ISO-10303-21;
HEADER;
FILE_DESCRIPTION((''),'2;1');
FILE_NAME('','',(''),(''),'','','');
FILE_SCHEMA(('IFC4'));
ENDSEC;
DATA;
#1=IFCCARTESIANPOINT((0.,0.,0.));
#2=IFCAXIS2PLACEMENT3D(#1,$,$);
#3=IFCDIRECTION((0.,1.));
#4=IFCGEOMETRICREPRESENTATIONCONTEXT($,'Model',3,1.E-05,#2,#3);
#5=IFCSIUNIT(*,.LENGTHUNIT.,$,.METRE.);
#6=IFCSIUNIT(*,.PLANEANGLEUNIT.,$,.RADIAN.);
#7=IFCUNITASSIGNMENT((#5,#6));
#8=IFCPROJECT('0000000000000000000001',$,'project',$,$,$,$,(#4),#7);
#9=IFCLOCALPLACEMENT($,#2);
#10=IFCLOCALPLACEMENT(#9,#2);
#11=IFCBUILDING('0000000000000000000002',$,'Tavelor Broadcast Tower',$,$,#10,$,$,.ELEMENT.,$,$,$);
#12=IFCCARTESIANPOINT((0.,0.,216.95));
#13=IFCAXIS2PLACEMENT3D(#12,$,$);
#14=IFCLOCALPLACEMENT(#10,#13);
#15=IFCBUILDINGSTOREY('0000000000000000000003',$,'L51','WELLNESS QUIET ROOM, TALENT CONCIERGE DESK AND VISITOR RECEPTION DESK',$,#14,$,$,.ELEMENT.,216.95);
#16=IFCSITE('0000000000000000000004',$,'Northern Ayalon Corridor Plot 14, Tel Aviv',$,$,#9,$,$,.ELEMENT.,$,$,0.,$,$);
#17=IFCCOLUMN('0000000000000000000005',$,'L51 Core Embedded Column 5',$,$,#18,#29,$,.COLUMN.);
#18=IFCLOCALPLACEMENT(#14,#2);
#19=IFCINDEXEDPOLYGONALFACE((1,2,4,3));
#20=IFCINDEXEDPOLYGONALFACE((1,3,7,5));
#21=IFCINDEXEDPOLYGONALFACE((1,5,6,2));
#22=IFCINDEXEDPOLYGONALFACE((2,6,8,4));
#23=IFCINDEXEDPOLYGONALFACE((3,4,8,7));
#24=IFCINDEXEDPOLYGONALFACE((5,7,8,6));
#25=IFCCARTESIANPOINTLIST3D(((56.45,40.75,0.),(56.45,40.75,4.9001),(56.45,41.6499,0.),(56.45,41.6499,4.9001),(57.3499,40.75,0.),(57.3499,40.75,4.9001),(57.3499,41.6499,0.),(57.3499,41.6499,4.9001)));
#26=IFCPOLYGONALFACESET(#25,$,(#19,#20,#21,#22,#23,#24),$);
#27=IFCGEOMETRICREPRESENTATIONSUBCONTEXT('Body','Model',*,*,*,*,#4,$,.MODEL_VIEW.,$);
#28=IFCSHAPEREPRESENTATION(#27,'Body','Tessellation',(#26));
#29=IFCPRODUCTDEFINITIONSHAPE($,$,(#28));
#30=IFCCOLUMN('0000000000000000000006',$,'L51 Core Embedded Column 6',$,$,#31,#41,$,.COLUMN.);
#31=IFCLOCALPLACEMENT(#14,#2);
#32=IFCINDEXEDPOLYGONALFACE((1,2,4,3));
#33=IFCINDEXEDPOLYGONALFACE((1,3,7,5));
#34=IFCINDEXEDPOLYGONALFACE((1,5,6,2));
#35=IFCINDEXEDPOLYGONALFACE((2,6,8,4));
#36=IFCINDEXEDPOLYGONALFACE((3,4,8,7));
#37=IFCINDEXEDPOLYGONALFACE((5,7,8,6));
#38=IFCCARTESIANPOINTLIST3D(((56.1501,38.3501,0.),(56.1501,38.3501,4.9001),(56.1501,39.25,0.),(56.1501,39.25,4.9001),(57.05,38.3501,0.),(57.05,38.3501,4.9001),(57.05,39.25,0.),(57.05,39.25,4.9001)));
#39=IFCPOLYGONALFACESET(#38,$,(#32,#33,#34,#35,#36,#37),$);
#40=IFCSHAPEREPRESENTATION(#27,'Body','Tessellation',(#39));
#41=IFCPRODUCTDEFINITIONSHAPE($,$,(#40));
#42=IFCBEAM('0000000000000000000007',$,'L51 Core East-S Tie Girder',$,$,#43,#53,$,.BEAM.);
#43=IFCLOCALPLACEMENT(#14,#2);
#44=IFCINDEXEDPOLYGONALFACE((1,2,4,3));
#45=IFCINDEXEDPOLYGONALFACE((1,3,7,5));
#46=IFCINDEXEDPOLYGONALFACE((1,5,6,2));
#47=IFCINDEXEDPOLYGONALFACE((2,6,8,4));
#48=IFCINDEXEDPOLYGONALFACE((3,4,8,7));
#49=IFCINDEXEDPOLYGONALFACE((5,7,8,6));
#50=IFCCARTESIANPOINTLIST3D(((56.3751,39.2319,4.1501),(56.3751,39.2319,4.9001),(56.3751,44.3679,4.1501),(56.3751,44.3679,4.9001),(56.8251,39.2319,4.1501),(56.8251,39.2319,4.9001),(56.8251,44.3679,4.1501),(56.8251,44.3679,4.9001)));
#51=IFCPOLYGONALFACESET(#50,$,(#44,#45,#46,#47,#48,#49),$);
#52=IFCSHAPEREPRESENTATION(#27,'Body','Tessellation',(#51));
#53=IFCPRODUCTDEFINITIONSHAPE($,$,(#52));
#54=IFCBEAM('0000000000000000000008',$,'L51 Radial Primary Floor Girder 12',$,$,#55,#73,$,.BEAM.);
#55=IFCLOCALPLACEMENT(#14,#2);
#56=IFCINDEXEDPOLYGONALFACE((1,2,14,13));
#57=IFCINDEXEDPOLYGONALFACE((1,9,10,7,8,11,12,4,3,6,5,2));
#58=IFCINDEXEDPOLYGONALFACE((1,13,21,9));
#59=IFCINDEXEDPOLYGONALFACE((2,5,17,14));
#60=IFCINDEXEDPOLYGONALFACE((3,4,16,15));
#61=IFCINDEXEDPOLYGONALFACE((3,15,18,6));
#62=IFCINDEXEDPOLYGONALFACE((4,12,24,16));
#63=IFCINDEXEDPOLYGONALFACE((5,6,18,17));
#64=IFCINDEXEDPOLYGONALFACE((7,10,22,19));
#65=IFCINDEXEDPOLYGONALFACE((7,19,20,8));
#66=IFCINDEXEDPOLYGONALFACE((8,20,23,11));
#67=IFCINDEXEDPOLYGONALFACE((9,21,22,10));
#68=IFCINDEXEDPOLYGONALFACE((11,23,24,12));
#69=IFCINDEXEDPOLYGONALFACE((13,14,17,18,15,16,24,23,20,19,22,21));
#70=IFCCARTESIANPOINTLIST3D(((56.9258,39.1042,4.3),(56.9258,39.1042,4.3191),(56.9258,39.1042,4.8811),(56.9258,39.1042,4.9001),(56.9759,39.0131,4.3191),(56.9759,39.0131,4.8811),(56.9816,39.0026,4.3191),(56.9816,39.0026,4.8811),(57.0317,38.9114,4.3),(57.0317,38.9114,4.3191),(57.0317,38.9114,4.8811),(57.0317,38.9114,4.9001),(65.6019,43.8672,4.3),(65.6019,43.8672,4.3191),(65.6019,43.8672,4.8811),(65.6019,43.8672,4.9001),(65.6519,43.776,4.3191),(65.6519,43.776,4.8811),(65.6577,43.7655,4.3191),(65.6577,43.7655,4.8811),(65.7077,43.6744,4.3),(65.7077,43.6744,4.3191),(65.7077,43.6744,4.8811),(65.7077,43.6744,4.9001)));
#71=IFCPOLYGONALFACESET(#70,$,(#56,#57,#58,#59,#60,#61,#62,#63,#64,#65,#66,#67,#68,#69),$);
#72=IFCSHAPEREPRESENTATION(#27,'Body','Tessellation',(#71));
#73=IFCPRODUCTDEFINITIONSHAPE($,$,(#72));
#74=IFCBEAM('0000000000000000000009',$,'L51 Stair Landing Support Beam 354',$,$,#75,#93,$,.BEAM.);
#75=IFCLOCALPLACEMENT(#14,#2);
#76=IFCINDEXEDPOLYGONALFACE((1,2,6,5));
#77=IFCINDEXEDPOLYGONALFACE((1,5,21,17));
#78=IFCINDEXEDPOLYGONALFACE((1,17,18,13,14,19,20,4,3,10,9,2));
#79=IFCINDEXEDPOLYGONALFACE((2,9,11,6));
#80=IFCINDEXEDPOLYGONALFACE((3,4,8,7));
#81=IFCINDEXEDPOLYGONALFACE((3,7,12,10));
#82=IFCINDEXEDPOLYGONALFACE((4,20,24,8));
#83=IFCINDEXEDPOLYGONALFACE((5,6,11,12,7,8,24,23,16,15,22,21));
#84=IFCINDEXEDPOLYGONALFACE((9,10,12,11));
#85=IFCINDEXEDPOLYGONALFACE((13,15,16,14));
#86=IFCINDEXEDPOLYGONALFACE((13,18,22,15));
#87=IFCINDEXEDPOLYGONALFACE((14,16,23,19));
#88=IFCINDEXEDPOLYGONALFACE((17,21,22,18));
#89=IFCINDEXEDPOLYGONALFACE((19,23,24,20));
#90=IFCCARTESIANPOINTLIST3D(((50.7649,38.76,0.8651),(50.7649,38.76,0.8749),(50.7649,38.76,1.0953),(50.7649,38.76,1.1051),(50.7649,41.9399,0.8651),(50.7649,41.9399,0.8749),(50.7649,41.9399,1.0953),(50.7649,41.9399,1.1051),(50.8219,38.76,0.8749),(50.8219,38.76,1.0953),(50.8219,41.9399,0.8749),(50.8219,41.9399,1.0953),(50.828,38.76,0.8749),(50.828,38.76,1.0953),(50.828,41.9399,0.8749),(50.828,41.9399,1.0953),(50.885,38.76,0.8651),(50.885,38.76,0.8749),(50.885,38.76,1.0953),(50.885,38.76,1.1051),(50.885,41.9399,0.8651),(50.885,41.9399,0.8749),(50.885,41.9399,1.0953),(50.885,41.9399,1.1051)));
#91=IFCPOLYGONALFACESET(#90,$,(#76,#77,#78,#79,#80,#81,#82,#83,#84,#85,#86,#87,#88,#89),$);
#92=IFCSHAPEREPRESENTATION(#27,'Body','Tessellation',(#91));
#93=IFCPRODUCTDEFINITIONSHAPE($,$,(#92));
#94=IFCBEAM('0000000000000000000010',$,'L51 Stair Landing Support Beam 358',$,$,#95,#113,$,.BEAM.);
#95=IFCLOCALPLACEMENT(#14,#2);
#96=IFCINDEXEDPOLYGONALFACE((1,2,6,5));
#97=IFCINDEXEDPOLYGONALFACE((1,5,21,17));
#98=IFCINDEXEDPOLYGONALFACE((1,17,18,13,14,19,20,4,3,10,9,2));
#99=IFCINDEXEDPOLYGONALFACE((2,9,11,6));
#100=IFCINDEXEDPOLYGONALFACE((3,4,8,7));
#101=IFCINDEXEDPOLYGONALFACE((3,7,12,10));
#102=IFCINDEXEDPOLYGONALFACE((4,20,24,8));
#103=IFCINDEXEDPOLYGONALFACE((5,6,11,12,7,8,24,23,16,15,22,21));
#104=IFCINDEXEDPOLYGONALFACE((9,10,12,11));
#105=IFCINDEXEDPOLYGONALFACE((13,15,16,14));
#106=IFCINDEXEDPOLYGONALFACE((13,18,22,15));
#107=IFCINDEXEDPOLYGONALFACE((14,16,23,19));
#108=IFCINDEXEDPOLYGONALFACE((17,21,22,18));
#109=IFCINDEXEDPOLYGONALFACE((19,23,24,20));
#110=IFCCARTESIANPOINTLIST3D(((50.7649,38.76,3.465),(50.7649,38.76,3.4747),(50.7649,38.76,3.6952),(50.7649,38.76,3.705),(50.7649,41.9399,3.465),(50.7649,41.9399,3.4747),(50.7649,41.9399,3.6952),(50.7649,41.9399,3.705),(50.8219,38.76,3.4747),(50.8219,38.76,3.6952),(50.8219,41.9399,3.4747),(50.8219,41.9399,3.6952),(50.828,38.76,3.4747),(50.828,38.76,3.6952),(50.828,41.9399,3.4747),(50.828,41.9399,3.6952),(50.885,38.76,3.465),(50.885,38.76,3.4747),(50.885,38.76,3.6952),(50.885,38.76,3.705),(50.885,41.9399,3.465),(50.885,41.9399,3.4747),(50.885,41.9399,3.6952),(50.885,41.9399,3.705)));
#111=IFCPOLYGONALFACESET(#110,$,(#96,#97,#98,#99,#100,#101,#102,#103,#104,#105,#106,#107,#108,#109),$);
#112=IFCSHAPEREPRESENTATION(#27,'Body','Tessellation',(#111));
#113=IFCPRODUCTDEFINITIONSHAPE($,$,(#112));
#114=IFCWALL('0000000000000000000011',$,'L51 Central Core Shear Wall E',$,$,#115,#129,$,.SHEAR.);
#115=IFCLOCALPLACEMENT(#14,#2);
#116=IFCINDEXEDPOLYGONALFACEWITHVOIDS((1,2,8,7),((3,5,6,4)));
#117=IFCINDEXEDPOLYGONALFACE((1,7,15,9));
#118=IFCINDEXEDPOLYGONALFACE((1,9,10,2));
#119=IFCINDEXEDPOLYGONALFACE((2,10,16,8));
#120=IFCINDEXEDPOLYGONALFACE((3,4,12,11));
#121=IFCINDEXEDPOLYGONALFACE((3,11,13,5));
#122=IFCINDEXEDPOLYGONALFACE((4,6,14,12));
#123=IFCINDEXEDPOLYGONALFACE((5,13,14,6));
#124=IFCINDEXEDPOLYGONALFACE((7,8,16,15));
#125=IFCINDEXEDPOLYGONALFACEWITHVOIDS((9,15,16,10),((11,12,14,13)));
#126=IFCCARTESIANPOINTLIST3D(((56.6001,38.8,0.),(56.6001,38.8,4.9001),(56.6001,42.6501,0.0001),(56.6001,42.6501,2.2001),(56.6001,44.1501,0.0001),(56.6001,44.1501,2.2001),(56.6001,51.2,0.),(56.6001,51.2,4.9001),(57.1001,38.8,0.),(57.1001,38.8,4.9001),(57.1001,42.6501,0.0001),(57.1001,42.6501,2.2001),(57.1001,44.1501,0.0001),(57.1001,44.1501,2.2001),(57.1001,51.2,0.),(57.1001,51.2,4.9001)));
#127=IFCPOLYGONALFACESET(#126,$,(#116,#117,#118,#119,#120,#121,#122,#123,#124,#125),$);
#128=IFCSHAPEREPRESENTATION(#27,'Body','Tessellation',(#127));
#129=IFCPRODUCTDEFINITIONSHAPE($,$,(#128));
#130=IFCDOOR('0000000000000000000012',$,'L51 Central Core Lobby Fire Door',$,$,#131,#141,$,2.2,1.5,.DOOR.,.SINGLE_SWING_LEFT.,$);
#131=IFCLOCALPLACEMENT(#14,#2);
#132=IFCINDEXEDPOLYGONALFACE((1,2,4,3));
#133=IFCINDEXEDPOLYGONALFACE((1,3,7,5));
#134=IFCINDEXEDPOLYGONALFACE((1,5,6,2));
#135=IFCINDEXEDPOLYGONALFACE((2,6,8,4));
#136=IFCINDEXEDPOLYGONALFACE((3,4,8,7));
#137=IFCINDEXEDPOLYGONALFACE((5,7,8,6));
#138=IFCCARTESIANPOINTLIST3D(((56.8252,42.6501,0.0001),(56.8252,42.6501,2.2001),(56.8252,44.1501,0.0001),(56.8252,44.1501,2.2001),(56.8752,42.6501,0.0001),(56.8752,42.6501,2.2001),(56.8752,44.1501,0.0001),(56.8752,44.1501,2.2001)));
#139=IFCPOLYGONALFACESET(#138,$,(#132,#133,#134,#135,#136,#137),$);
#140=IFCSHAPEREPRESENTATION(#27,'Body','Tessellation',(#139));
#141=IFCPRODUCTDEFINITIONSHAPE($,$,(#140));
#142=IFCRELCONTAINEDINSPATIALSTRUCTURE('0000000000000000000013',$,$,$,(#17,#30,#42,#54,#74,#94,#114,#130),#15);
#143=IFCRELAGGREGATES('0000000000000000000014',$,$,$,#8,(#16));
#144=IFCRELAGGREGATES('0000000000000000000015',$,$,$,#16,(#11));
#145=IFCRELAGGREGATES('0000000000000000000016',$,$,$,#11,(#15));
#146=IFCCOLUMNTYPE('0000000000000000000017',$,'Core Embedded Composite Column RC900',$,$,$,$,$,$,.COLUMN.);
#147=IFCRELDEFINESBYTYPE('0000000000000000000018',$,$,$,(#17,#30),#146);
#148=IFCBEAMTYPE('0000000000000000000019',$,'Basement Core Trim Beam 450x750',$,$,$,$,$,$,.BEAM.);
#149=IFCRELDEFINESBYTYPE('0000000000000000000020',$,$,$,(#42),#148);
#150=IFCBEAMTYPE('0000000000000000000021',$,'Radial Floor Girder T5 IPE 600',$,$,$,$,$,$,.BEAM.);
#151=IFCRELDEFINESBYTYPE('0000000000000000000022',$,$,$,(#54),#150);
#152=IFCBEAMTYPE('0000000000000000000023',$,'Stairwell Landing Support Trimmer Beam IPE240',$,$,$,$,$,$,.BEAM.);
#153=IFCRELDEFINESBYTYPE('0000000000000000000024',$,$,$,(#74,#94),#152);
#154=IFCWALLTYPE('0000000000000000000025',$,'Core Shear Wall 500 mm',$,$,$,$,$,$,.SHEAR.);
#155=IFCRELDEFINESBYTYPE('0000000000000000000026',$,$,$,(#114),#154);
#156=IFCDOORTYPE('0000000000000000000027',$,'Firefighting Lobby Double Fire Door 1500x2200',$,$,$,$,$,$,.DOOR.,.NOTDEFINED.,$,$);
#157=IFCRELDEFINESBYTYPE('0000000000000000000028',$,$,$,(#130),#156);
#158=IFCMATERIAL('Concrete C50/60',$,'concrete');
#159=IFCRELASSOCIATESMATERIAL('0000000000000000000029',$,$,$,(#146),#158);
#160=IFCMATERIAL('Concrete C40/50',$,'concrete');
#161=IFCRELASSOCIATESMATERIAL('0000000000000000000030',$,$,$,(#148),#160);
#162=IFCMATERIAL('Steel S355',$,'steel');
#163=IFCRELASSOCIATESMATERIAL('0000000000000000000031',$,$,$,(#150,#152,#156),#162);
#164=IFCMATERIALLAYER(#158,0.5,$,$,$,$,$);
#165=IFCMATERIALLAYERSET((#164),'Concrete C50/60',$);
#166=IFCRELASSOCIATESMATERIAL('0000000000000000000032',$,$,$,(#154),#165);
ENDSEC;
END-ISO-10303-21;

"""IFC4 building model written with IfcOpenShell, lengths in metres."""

from ifc_helpers import new_model, si_unit, direction, frame, frame_2d, origin, origin_2d, place, context, subcontext, project, spatial, rectangle, i_section, extrude, material, layer, layer_set, material_profile, profile_set, type_object, element, fill, save


model = new_model("IFC4")

# Units and contexts
model_context = context("Model", 3, precision=1e-05, world=origin(), true_north=direction((0.0, 1.0)))
body_context = subcontext(model_context, "Body", "Model", "MODEL_VIEW")
ifc_project = project(units=[si_unit("LENGTHUNIT", "METRE"), si_unit("PLANEANGLEUNIT", "RADIAN")], contexts=[model_context])

# Site, building, storey
site_placement = place(None, origin())
site = spatial("IfcSite", under=ifc_project, at=site_placement, Name="Northern Ayalon Corridor Plot 14, Tel Aviv", CompositionType="ELEMENT", RefElevation=0.0)
building_placement = place(site_placement, origin())
building = spatial("IfcBuilding", under=site, at=building_placement, Name="Tavelor Broadcast Tower", CompositionType="ELEMENT")
storey_placement = place(building_placement, frame((0.0, 0.0, 216.95)))
storey = spatial("IfcBuildingStorey", under=building, at=storey_placement, Name="L51", Description="WELLNESS QUIET ROOM, TALENT CONCIERGE DESK AND VISITOR RECEPTION DESK", CompositionType="ELEMENT", Elevation=216.95)

# Columns
ifc_material_1 = material(Name="Concrete C50/60", Category="concrete")
ifc_material_profile_1 = material_profile(ifc_material_1, rectangle(XDim=0.8999, YDim=0.8999, at=origin_2d()), Name="RC 900x900")
ifc_profile_set_1 = profile_set([ifc_material_profile_1], Name="Concrete C50/60")
column_type = type_object("IfcColumnType", Name="Core Embedded Composite Column RC900", PredefinedType="COLUMN", material=ifc_profile_set_1)
for number, where, z_axis, x_axis, name in (
    (1, (56.8999, 41.2, 0.0), (0.0, 0.0, 1.0), (1.0, 0.0, 0.0), "L51 Core Embedded Column 5"),
    (2, (56.6001, 38.8, 0.0), (0.0, 0.0, 1.0), (1.0, 0.0, 0.0), "L51 Core Embedded Column 6"),
):
    element("IfcColumn", number, at=place(storey_placement, frame(where, z_axis=z_axis, x_axis=x_axis)), inside=storey, type_object=column_type, Name=name, PredefinedType="COLUMN", context=body_context, shape_type="SweptSolid", body=[
        extrude(rectangle(XDim=0.8999, YDim=0.8999, at=origin_2d()), origin(), (0.0, 0.0, 1.0), 4.9001),
    ])

# Beams
ifc_material_2 = material(Name="Concrete C40/50", Category="concrete")
ifc_material_profile_2 = material_profile(ifc_material_2, rectangle(XDim=0.45, YDim=0.75, at=origin_2d()), Name="RC 450x750")
ifc_profile_set_2 = profile_set([ifc_material_profile_2], Name="Concrete C40/50")
beam_type_1 = type_object("IfcBeamType", Name="Basement Core Trim Beam 450x750", PredefinedType="BEAM", material=ifc_profile_set_2)
beam_1_placement = place(storey_placement, frame((56.6001, 39.2319, 4.5251), z_axis=(0.0, 1.0, 0.0), x_axis=(-1.0, 0.0, 0.0)))
element("IfcBeam", 3, at=beam_1_placement, inside=storey, type_object=beam_type_1, Name="L51 Core East-S Tie Girder", PredefinedType="BEAM", context=body_context, shape_type="SweptSolid", body=[
    extrude(rectangle(XDim=0.45, YDim=0.75, at=origin_2d()), origin(), (0.0, 0.0, 1.0), 5.136),
])
ifc_material_3 = material(Name="Steel S355", Category="steel")
ifc_material_profile_3 = material_profile(ifc_material_3, i_section(OverallWidth=0.22, OverallDepth=0.6001, WebThickness=0.012, FlangeThickness=0.019, at=origin_2d()), Name="IPE 600")
ifc_profile_set_3 = profile_set([ifc_material_profile_3], Name="Steel S355")
beam_type_2 = type_object("IfcBeamType", Name="Radial Floor Girder T5 IPE 600", PredefinedType="BEAM", material=ifc_profile_set_3)
beam_2_placement = place(storey_placement, frame((56.9788, 39.0078, 4.6001), z_axis=(0.876594, 0.48123, 0.0), x_axis=(-0.48123, 0.876594, 0.0)))
element("IfcBeam", 4, at=beam_2_placement, inside=storey, type_object=beam_type_2, Name="L51 Radial Primary Floor Girder 12", PredefinedType="BEAM", context=body_context, shape_type="SweptSolid", body=[
    extrude(i_section(OverallWidth=0.22, OverallDepth=0.6001, WebThickness=0.012, FlangeThickness=0.019, at=origin_2d()), origin(), (0.0, 0.0, 1.0), 9.8975),
])
ifc_material_profile_4 = material_profile(ifc_material_3, i_section(OverallWidth=0.1201, OverallDepth=0.24, WebThickness=0.0061, FlangeThickness=0.0098, at=origin_2d()), Name="IPE 240")
ifc_profile_set_4 = profile_set([ifc_material_profile_4], Name="Steel S355")
beam_type_3 = type_object("IfcBeamType", Name="Stairwell Landing Support Trimmer Beam IPE240", PredefinedType="BEAM", material=ifc_profile_set_4)
for number, where, z_axis, x_axis, name in (
    (5, (50.825, 38.76, 0.9851), (0.0, 1.0, 0.0), (-1.0, 0.0, 0.0), "L51 Stair Landing Support Beam 354"),
    (6, (50.825, 38.76, 3.585), (0.0, 1.0, 0.0), (-1.0, 0.0, 0.0), "L51 Stair Landing Support Beam 358"),
):
    element("IfcBeam", number, at=place(storey_placement, frame(where, z_axis=z_axis, x_axis=x_axis)), inside=storey, type_object=beam_type_3, Name=name, PredefinedType="BEAM", context=body_context, shape_type="SweptSolid", body=[
        extrude(i_section(OverallWidth=0.1201, OverallDepth=0.24, WebThickness=0.0061, FlangeThickness=0.0098, at=origin_2d()), origin(), (0.0, 0.0, 1.0), 3.1799),
    ])

# Wall, opening, door
ifc_layer_1 = layer(ifc_material_1, 0.5)
ifc_layer_set_1 = layer_set([ifc_layer_1], Name="Concrete C50/60")
wall_type_1 = type_object("IfcWallType", Name="Core Shear Wall 500 mm", PredefinedType="SHEAR", material=ifc_layer_set_1)
wall_1_placement = place(storey_placement, frame((56.8501, 38.8, 0.0), z_axis=(0.0, 0.0, 1.0), x_axis=(0.0, 1.0, 0.0)))
wall_1 = element("IfcWall", 7, at=wall_1_placement, inside=storey, type_object=wall_type_1, Name="L51 Central Core Shear Wall E", PredefinedType="SHEAR", context=body_context, shape_type="SweptSolid", body=[
    extrude(rectangle(XDim=12.3999, YDim=0.5, at=frame_2d((6.2, 0.0))), origin(), (0.0, 0.0, 1.0), 4.9001),
])
opening_1_placement = place(wall_1_placement, frame((3.8501, 0.0, 0.0)))
opening_1 = element("IfcOpeningElement", 8, at=opening_1_placement, cuts=wall_1, PredefinedType="OPENING", context=body_context, shape_type="SweptSolid", body=[
    extrude(rectangle(XDim=1.5, YDim=2.2, at=frame_2d((0.75, 1.1001))), frame((0.0, 0.26, 0.0), z_axis=(0.0, -1.0, 0.0), x_axis=(1.0, 0.0, 0.0)), (0.0, 0.0, 1.0), 0.52),
])
door_type_1 = type_object("IfcDoorType", Name="Firefighting Lobby Double Fire Door 1500x2200", OperationType="NOTDEFINED", PredefinedType="DOOR", material=ifc_material_3)
door_1_placement = place(opening_1_placement, origin())
door_1 = element("IfcDoor", 9, at=door_1_placement, inside=storey, type_object=door_type_1, Name="L51 Central Core Lobby Fire Door", OperationType="SINGLE_SWING_LEFT", OverallHeight=2.2, OverallWidth=1.5, PredefinedType="DOOR", context=body_context, shape_type="SweptSolid", body=[
    extrude(rectangle(XDim=1.5, YDim=2.2, at=frame_2d((0.75, 1.1001))), frame((0.0, 0.0249, 0.0), z_axis=(0.0, -1.0, 0.0), x_axis=(1.0, 0.0, 0.0)), (0.0, 0.0, 1.0), 0.05),
])
fill(opening_1, door_1)

save(model, "model.ifc")
